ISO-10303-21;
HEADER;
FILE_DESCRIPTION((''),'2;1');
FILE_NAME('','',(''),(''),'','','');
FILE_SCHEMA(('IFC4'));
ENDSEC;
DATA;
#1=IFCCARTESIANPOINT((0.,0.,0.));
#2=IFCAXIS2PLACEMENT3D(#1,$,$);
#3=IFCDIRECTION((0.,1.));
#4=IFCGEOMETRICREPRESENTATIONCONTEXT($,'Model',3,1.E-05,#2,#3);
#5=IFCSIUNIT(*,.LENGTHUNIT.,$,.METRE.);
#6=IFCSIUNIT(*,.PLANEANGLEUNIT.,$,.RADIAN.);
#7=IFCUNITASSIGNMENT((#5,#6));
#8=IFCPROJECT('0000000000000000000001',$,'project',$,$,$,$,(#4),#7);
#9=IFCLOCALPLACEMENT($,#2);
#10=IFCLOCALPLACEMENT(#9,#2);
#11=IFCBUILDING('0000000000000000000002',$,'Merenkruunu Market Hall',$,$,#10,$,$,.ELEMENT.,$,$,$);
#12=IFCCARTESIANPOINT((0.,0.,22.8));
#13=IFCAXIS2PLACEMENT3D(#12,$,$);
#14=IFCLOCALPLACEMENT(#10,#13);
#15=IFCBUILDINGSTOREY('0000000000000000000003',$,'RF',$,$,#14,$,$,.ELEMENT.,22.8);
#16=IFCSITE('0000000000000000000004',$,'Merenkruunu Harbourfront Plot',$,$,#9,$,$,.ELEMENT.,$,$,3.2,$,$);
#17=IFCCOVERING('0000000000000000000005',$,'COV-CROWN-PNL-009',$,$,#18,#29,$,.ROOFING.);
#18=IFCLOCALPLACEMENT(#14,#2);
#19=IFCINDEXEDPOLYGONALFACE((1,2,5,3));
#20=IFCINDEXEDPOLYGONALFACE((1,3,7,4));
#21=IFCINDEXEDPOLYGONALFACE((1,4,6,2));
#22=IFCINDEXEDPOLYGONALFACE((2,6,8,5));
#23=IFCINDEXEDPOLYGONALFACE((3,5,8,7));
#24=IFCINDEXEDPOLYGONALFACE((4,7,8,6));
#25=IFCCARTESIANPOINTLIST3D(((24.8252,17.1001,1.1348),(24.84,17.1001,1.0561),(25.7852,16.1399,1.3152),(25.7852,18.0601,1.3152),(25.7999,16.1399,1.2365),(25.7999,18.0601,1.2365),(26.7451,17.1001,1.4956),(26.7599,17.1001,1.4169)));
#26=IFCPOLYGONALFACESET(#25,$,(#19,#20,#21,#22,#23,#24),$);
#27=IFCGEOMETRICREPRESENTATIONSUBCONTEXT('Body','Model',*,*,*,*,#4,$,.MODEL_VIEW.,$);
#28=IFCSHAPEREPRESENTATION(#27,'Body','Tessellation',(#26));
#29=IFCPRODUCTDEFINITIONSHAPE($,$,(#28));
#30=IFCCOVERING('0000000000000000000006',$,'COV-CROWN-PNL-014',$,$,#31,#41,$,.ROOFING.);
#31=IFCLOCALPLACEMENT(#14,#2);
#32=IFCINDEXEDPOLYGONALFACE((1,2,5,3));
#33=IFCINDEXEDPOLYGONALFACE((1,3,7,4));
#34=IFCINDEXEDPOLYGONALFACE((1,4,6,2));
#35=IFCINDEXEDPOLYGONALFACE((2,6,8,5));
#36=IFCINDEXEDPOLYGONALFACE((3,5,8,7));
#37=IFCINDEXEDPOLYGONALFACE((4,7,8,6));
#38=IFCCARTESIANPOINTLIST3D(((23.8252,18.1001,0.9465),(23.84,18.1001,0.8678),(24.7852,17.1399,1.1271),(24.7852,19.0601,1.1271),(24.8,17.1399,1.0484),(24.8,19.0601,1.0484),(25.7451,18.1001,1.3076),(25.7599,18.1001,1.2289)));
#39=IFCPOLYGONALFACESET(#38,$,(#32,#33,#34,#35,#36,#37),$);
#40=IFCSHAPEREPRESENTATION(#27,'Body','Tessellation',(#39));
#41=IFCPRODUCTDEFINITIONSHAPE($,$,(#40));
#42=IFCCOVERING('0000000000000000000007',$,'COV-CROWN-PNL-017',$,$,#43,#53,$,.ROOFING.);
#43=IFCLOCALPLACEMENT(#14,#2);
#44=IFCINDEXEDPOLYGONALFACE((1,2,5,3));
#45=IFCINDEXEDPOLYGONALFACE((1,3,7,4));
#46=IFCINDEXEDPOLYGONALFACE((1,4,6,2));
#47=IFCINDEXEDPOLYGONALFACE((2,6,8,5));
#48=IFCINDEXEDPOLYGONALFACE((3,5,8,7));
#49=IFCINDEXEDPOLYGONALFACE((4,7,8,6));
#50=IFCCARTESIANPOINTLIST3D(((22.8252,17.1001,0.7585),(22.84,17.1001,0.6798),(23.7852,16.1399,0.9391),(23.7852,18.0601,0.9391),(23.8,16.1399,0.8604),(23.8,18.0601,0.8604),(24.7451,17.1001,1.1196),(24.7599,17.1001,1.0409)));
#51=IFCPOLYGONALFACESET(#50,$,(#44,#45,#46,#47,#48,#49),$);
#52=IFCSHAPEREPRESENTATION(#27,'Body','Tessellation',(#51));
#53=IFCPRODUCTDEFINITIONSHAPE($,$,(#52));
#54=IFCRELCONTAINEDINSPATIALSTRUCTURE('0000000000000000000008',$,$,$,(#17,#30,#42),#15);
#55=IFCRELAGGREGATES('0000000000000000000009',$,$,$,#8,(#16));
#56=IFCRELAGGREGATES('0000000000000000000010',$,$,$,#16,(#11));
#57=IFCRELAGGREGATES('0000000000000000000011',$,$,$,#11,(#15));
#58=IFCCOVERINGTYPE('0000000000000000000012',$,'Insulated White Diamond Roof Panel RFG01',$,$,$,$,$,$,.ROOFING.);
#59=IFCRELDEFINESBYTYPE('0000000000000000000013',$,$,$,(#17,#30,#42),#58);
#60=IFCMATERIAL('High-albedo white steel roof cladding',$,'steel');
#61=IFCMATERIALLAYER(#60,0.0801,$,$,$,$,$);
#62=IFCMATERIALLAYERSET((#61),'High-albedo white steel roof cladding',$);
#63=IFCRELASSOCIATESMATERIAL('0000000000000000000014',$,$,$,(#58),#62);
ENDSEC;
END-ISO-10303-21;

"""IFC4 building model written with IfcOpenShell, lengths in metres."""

from ifc_helpers import new_model, si_unit, direction, frame, origin, place, context, subcontext, project, spatial, polyline, outline, extrude, material, layer, layer_set, type_object, element, save


model = new_model("IFC4")

# Units and contexts
model_context = context("Model", 3, precision=1e-05, world=origin(), true_north=direction((0.0, 1.0)))
body_context = subcontext(model_context, "Body", "Model", "MODEL_VIEW")
ifc_project = project(units=[si_unit("LENGTHUNIT", "METRE"), si_unit("PLANEANGLEUNIT", "RADIAN")], contexts=[model_context])

# Site, building, storey
site_placement = place(None, origin())
site = spatial("IfcSite", under=ifc_project, at=site_placement, Name="Merenkruunu Harbourfront Plot", CompositionType="ELEMENT", RefElevation=3.2)
building_placement = place(site_placement, origin())
building = spatial("IfcBuilding", under=site, at=building_placement, Name="Merenkruunu Market Hall", CompositionType="ELEMENT")
storey_placement = place(building_placement, frame((0.0, 0.0, 22.8)))
storey = spatial("IfcBuildingStorey", under=building, at=storey_placement, Name="RF", CompositionType="ELEMENT", Elevation=22.8)

# Coverings
ifc_material_1 = material(Name="High-albedo white steel roof cladding", Category="steel")
ifc_layer_1 = layer(ifc_material_1, 0.0801)
ifc_layer_set_1 = layer_set([ifc_layer_1], Name="High-albedo white steel roof cladding")
covering_type = type_object("IfcCoveringType", Name="Insulated White Diamond Roof Panel RFG01", PredefinedType="ROOFING", material=ifc_layer_set_1)
for number, where, z_axis, x_axis, name in (
    (1, (24.8252, 17.1001, 1.1348), (-0.184711, 0.0, 0.982793), (0.700856, -0.701035, 0.131722), "COV-CROWN-PNL-009"),
):
    element("IfcCovering", number, at=place(storey_placement, frame(where, z_axis=z_axis, x_axis=x_axis)), inside=storey, type_object=covering_type, Name=name, PredefinedType="ROOFING", context=body_context, shape_type="SweptSolid", body=[
        extrude(outline(polyline([(0.0, 0.0), (1.3697, 0.0), (1.3931, 1.3695), (0.0236, 1.3693), (0.0, 0.0)])), origin(), (0.0, 0.0, -1.0), 0.0801),
    ])
for number, where, z_axis, x_axis, name in (
    (2, (23.8252, 18.1001, 0.9465), (-0.184832, 0.0, 0.98277), (0.700856, -0.701018, 0.131812), "COV-CROWN-PNL-014"),
    (3, (22.8252, 17.1001, 0.7585), (-0.184832, 0.0, 0.98277), (0.700856, -0.701018, 0.131812), "COV-CROWN-PNL-017"),
):
    element("IfcCovering", number, at=place(storey_placement, frame(where, z_axis=z_axis, x_axis=x_axis)), inside=storey, type_object=covering_type, Name=name, PredefinedType="ROOFING", context=body_context, shape_type="SweptSolid", body=[
        extrude(outline(polyline([(0.0, 0.0), (1.3697, 0.0), (1.3932, 1.3695), (0.0237, 1.3694), (0.0, 0.0)])), origin(), (0.0, 0.0, -1.0), 0.0801),
    ])

save(model, "model.ifc")
